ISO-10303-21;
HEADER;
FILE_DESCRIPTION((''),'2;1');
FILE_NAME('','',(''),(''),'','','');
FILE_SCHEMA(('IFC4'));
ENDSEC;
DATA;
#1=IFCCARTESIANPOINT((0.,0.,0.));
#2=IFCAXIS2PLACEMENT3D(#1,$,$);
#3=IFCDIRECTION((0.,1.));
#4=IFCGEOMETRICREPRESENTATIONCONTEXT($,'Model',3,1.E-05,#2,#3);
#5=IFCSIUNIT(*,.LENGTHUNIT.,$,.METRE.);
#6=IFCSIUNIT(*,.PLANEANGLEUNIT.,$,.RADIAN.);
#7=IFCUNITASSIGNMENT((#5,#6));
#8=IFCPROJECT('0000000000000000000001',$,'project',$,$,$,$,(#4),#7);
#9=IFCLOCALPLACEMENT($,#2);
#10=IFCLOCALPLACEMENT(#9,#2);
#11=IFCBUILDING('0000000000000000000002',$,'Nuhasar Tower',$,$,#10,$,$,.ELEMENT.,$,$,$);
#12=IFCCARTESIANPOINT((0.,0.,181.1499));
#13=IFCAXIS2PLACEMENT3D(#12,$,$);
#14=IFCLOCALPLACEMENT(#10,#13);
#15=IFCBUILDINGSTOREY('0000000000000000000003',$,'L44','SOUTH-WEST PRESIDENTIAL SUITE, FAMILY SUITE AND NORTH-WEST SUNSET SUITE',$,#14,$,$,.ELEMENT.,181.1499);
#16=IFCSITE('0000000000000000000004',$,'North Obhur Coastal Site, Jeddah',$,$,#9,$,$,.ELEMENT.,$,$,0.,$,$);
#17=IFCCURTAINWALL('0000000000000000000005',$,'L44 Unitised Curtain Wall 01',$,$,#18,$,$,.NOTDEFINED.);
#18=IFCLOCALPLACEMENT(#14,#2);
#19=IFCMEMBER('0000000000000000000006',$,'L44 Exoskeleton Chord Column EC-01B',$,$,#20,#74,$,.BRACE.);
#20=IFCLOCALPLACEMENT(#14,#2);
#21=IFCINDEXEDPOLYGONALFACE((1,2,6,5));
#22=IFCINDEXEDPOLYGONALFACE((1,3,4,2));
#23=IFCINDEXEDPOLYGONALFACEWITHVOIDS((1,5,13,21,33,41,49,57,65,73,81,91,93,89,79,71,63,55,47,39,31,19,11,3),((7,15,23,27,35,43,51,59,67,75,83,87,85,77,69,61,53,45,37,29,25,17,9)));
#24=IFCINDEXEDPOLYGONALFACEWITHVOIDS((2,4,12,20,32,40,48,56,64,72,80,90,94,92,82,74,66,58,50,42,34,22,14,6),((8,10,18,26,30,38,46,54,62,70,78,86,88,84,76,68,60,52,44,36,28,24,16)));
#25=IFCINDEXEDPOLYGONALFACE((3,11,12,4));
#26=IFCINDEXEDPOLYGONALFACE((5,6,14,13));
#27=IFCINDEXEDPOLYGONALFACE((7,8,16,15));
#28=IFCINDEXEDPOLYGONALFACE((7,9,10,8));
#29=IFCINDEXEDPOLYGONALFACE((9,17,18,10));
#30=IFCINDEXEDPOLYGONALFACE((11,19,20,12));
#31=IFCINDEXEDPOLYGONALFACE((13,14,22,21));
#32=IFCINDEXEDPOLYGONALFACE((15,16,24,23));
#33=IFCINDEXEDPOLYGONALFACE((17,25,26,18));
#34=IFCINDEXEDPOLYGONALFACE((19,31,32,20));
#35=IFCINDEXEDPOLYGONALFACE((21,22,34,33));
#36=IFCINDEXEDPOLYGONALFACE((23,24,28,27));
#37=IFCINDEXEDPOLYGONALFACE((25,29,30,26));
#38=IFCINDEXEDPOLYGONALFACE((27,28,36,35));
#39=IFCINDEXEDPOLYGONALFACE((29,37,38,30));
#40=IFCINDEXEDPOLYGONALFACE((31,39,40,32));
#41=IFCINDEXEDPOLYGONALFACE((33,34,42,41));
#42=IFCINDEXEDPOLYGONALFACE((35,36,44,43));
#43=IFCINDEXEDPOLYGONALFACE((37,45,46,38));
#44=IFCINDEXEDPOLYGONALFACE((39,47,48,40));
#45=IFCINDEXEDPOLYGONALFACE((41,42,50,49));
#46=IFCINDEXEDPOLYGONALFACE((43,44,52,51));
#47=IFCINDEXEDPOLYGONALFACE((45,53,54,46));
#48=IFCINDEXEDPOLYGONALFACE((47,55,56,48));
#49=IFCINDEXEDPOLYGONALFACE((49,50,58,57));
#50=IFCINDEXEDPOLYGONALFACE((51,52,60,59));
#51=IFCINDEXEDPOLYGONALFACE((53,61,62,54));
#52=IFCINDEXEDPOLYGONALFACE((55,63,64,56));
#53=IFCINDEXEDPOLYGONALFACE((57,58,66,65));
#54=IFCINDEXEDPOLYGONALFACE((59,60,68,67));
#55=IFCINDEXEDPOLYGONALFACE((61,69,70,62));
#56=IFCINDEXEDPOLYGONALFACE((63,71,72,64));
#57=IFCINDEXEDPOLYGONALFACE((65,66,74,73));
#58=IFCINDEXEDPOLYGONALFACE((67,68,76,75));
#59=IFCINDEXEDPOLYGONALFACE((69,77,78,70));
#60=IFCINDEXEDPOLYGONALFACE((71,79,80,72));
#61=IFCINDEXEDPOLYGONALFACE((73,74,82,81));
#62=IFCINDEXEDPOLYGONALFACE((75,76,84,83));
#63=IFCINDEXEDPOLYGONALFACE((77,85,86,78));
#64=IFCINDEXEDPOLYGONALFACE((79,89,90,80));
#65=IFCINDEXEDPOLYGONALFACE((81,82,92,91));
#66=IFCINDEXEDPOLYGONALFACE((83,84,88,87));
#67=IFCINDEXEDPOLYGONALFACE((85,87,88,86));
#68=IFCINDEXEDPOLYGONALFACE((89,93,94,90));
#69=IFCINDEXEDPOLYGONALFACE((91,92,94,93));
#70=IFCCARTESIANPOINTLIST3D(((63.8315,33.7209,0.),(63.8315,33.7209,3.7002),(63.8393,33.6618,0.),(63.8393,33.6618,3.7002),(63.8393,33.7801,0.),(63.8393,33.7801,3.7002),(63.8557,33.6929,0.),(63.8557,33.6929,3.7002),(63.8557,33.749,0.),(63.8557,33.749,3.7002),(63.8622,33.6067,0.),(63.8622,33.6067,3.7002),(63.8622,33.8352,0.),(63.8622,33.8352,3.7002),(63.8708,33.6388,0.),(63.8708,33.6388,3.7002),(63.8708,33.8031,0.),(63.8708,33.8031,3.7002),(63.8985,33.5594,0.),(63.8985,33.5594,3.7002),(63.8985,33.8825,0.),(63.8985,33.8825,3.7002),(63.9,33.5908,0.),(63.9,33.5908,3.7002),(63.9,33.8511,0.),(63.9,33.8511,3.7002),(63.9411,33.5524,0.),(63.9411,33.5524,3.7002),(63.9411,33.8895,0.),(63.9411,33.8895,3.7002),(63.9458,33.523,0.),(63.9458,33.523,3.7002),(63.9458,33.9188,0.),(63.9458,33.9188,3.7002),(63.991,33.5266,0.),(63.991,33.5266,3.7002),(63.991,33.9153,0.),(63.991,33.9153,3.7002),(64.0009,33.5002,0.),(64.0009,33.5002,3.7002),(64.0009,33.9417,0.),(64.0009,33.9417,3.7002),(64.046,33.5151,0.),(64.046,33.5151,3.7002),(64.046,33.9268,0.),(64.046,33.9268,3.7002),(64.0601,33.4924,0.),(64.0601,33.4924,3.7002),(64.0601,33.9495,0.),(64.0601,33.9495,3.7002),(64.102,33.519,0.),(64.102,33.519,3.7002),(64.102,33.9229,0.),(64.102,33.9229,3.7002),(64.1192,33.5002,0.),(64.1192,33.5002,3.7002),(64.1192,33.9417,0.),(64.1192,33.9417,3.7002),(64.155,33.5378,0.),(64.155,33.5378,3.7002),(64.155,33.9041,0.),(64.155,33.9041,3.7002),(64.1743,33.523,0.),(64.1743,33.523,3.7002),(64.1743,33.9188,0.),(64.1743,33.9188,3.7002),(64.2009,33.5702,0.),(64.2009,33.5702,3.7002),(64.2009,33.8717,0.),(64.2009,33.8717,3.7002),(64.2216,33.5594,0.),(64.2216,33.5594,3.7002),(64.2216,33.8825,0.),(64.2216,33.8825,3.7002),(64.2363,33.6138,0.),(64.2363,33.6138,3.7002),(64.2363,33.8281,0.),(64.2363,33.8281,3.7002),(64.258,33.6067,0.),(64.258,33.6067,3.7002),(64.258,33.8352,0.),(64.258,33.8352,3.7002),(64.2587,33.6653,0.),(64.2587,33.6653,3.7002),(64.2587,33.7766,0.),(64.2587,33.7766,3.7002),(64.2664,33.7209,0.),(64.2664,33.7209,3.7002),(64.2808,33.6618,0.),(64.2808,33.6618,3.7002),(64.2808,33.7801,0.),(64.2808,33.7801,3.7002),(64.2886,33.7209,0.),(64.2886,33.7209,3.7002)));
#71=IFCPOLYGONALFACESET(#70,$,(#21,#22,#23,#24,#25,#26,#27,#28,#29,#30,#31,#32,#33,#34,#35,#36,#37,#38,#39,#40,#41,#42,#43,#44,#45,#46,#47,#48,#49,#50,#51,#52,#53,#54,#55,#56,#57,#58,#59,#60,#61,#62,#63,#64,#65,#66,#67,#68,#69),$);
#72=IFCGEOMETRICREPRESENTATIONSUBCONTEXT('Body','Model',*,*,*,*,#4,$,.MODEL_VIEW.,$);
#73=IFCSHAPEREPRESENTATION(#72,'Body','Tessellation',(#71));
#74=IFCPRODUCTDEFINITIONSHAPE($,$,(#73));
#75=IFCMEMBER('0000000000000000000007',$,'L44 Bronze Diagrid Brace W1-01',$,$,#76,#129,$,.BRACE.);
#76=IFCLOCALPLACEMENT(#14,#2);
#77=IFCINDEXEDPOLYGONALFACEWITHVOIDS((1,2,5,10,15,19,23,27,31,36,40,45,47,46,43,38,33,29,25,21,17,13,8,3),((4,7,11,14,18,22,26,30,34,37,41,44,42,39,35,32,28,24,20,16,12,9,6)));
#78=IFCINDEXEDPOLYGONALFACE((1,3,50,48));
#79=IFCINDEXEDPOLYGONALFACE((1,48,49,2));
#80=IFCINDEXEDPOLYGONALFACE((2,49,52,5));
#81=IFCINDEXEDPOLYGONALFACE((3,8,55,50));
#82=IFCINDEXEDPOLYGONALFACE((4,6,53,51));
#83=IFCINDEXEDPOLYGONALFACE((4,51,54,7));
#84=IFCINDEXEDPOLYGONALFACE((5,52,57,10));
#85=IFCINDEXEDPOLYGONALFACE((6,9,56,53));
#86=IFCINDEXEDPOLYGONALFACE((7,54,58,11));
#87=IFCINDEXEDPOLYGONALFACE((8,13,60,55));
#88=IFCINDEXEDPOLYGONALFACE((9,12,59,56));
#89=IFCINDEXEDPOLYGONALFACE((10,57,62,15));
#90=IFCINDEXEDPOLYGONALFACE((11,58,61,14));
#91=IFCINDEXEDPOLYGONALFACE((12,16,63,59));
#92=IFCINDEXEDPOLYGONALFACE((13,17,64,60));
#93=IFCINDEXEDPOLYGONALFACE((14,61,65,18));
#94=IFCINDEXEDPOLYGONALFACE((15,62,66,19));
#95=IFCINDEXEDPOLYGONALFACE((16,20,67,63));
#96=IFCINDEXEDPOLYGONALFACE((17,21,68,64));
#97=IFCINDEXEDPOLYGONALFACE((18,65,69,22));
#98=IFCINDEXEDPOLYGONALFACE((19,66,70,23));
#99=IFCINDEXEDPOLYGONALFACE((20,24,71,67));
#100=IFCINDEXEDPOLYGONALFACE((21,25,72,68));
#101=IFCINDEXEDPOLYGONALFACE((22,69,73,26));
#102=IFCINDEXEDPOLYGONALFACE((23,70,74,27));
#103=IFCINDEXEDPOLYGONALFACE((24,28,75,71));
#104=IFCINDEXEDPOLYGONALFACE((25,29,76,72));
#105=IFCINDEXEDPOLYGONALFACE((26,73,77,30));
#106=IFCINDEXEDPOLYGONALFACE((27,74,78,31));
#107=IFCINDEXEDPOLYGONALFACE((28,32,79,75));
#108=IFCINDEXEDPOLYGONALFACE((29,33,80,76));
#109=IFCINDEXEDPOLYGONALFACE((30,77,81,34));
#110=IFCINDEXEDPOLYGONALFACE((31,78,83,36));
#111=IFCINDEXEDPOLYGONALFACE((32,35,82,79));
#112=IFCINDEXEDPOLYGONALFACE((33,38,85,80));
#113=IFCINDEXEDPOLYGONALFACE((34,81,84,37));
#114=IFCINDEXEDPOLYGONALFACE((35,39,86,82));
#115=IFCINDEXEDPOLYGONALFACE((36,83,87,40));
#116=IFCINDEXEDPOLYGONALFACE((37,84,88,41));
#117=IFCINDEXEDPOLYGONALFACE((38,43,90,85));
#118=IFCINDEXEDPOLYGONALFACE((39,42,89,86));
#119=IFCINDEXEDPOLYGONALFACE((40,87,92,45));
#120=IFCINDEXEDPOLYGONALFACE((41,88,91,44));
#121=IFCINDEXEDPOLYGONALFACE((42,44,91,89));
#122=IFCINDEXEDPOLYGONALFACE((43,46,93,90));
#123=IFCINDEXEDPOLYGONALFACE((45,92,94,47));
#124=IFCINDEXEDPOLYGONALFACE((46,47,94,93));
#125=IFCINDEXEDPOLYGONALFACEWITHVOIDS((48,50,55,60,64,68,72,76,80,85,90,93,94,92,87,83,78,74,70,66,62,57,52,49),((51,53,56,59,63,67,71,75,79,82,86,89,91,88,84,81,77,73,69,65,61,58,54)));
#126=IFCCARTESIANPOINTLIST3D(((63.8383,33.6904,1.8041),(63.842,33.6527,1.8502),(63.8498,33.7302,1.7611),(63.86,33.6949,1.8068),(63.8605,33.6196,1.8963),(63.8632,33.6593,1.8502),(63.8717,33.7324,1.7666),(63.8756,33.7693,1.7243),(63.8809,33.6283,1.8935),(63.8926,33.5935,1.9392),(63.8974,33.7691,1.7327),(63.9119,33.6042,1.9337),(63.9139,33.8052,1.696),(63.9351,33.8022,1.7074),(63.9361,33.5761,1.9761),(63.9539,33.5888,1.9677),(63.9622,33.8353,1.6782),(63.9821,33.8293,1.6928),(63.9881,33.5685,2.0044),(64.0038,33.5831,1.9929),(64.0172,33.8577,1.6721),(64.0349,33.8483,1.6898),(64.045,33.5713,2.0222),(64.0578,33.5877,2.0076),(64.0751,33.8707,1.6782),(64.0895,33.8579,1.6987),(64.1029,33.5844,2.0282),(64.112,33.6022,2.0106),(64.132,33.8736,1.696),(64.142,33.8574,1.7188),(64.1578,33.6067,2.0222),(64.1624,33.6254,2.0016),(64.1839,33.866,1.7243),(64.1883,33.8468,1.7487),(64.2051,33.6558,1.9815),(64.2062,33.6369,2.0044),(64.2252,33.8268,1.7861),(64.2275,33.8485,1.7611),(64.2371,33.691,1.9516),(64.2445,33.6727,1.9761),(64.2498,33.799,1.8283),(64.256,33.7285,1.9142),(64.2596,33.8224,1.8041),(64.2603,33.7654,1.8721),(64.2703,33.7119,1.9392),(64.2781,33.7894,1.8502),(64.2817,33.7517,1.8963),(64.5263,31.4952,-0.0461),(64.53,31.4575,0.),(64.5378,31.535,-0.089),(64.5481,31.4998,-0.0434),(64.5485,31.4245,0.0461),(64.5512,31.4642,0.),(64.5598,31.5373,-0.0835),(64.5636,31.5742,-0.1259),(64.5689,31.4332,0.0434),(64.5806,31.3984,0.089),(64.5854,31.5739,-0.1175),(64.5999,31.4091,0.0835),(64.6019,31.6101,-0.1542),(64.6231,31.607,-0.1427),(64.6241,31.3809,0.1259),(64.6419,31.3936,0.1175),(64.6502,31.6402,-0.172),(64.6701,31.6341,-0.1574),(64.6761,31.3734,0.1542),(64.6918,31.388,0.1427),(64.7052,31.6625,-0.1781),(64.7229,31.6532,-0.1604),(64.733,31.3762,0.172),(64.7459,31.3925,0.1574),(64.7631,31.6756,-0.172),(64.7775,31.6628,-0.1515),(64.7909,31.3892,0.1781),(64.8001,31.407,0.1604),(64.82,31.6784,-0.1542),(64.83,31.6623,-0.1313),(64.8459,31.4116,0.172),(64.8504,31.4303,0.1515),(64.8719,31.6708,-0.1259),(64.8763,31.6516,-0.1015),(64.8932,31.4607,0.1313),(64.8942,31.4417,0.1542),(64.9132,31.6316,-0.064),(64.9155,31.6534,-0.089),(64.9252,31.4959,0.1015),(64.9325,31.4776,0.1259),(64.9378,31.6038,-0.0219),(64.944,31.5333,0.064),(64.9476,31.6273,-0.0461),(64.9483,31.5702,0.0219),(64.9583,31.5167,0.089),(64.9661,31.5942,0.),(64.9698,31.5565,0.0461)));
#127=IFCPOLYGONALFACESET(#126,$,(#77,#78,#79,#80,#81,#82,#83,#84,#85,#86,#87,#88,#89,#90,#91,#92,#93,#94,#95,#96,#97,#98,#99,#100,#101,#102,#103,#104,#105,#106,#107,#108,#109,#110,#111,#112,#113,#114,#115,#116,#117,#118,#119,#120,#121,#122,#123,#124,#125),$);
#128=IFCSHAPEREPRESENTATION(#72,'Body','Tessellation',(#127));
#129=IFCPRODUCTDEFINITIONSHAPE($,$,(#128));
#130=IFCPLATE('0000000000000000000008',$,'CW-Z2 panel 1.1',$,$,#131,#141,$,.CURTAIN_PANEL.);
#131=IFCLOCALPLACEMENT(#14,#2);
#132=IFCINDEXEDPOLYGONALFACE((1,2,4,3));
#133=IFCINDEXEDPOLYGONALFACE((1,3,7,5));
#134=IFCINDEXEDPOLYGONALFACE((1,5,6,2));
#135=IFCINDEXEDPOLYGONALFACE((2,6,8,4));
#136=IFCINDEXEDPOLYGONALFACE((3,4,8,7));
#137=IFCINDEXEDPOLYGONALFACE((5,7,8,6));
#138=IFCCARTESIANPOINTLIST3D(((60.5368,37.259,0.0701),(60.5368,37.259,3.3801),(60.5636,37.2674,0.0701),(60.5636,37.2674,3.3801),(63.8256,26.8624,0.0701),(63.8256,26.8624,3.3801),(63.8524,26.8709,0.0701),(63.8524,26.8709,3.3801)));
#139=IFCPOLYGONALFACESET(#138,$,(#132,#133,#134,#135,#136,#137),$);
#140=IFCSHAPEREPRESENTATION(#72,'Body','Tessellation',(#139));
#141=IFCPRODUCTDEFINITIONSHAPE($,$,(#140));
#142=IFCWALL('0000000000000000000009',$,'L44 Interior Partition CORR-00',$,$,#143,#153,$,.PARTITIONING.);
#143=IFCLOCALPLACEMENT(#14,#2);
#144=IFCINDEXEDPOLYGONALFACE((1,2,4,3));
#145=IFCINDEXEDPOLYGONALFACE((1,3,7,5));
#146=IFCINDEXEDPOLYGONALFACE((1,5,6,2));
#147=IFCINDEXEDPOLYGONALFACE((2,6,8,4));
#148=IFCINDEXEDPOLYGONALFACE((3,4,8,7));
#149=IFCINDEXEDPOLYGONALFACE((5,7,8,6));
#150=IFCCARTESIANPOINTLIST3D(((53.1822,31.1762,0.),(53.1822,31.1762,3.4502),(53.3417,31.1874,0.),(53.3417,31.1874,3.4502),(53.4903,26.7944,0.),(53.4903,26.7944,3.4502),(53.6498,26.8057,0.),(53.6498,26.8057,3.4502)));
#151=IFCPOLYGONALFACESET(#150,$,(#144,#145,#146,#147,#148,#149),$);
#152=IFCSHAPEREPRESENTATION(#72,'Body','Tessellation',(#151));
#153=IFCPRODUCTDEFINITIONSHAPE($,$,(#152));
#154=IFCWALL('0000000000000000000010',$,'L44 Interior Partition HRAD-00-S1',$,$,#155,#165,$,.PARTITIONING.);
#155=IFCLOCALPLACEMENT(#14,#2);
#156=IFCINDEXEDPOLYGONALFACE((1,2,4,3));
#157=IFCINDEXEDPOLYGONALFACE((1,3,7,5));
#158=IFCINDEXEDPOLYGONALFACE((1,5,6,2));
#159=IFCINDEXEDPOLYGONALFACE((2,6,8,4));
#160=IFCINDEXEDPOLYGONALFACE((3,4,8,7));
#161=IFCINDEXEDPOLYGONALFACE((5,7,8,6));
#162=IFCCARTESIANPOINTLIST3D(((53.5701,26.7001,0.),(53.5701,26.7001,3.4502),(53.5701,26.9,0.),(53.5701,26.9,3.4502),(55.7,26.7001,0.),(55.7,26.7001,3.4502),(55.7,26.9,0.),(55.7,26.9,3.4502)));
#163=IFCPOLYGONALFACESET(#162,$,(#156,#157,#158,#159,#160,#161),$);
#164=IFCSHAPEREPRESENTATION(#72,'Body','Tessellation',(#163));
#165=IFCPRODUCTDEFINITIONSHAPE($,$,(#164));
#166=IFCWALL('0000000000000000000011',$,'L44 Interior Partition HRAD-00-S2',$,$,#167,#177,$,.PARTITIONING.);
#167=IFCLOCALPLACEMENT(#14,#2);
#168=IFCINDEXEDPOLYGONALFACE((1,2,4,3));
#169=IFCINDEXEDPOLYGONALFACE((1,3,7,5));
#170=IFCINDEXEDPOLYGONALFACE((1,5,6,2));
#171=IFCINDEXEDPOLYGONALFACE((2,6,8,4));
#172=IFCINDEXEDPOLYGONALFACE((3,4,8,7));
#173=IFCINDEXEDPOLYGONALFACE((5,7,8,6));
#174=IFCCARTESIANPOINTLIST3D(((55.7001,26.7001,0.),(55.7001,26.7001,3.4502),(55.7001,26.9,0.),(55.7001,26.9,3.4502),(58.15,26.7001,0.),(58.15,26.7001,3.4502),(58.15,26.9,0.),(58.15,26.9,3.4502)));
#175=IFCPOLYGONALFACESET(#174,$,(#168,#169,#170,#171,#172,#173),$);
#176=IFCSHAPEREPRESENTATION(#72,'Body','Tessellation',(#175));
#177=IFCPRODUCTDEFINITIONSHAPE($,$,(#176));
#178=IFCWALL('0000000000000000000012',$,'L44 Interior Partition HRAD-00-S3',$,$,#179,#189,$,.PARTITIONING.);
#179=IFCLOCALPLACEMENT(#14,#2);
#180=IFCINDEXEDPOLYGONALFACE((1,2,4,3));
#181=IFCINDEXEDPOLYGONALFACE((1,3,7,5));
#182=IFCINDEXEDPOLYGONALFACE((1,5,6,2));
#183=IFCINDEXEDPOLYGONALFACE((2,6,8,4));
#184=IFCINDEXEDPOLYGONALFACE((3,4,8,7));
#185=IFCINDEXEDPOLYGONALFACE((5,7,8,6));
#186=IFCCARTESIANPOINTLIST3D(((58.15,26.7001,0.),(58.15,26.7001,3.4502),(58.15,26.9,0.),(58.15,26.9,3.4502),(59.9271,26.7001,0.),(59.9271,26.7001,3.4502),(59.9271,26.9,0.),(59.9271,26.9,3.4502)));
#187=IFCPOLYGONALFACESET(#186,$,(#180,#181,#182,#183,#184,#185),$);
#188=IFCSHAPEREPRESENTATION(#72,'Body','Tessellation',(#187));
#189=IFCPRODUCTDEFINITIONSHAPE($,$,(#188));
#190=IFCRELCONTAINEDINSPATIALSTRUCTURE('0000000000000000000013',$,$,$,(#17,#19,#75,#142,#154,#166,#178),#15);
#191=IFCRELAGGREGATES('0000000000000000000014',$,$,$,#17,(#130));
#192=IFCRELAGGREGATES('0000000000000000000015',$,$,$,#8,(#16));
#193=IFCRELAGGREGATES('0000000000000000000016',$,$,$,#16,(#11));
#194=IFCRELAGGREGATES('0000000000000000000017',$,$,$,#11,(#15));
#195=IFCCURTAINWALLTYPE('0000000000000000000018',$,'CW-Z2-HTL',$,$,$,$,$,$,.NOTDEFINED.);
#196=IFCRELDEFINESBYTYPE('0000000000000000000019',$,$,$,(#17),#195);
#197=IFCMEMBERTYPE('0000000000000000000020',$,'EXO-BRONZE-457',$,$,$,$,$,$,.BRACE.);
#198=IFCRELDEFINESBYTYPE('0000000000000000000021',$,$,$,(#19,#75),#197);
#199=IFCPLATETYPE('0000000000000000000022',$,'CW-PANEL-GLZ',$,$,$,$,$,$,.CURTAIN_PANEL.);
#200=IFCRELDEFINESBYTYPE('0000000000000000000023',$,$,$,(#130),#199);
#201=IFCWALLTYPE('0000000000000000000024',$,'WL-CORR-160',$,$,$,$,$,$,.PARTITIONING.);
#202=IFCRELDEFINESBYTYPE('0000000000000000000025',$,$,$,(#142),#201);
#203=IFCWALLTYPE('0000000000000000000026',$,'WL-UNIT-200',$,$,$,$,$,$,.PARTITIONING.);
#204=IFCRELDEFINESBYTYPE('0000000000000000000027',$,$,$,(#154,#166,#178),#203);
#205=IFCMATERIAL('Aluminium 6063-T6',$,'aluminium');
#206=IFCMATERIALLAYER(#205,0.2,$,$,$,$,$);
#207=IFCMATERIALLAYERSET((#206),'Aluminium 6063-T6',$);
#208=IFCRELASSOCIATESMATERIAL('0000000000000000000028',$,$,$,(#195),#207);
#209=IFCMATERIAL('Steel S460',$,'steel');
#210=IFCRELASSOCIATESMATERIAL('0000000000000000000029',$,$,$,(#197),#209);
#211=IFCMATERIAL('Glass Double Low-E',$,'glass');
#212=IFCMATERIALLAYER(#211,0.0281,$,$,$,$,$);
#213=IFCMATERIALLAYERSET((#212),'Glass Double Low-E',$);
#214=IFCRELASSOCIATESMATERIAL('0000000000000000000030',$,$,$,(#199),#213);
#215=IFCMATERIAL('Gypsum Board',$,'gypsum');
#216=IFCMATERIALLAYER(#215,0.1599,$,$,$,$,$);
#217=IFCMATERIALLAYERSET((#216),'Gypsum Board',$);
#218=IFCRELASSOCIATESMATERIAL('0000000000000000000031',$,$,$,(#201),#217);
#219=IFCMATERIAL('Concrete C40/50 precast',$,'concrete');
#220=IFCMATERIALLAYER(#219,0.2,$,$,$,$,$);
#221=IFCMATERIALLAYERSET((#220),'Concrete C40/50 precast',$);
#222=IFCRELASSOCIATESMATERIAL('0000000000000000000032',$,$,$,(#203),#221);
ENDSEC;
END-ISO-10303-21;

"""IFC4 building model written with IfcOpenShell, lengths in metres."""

from ifc_helpers import new_model, si_unit, direction, frame, frame_2d, origin, origin_2d, place, context, subcontext, project, spatial, rectangle, hollow_circle, extrude, material, layer, layer_set, material_profile, profile_set, type_object, element, aggregate, save


model = new_model("IFC4")

# Units and contexts
model_context = context("Model", 3, precision=1e-05, world=origin(), true_north=direction((0.0, 1.0)))
body_context = subcontext(model_context, "Body", "Model", "MODEL_VIEW")
ifc_project = project(units=[si_unit("LENGTHUNIT", "METRE"), si_unit("PLANEANGLEUNIT", "RADIAN")], contexts=[model_context])

# Site, building, storey
site_placement = place(None, origin())
site = spatial("IfcSite", under=ifc_project, at=site_placement, Name="North Obhur Coastal Site, Jeddah", CompositionType="ELEMENT", RefElevation=0.0)
building_placement = place(site_placement, origin())
building = spatial("IfcBuilding", under=site, at=building_placement, Name="Nuhasar Tower", CompositionType="ELEMENT")
storey_placement = place(building_placement, frame((0.0, 0.0, 181.1499)))
storey = spatial("IfcBuildingStorey", under=building, at=storey_placement, Name="L44", Description="SOUTH-WEST PRESIDENTIAL SUITE, FAMILY SUITE AND NORTH-WEST SUNSET SUITE", CompositionType="ELEMENT", Elevation=181.1499)

# Curtain wall
ifc_material_1 = material(Name="Aluminium 6063-T6", Category="aluminium")
ifc_layer_1 = layer(ifc_material_1, 0.2)
ifc_layer_set_1 = layer_set([ifc_layer_1], Name="Aluminium 6063-T6")
curtain_wall_type = type_object("IfcCurtainWallType", Name="CW-Z2-HTL", PredefinedType="NOTDEFINED", material=ifc_layer_set_1)
curtain_wall_1_placement = place(storey_placement, origin())
curtain_wall_1 = element("IfcCurtainWall", 1, at=curtain_wall_1_placement, inside=storey, type_object=curtain_wall_type, Name="L44 Unitised Curtain Wall 01", PredefinedType="NOTDEFINED")

# Members
ifc_material_2 = material(Name="Steel S460", Category="steel")
ifc_material_profile_1 = material_profile(ifc_material_2, hollow_circle(Radius=0.2285, WallThickness=0.0222, at=origin_2d()), Name="HSS457X22.2")
ifc_profile_set_1 = profile_set([ifc_material_profile_1], Name="Steel S460")
member_type_1 = type_object("IfcMemberType", Name="EXO-BRONZE-457", PredefinedType="BRACE", material=ifc_profile_set_1)
for number, where, z_axis, x_axis, name in (
    (2, (64.0601, 33.7209, 0.0), (0.0, 0.0, 1.0), (1.0, 0.0, 0.0), "L44 Exoskeleton Chord Column EC-01B"),
):
    element("IfcMember", number, at=place(storey_placement, frame(where, z_axis=z_axis, x_axis=x_axis)), inside=storey, type_object=member_type_1, Name=name, PredefinedType="BRACE", context=body_context, shape_type="SweptSolid", body=[
        extrude(hollow_circle(Radius=0.2285, WallThickness=0.0222, at=origin_2d()), origin(), (0.0, 0.0, 1.0), 3.7002),
    ])
member_1_placement = place(storey_placement, frame((64.748, 31.5259, 0.0), z_axis=(-0.233056, 0.743578, 0.626719), x_axis=(-0.954228, -0.299079, 0.0)))
element("IfcMember", 3, at=member_1_placement, inside=storey, type_object=member_type_1, Name="L44 Bronze Diagrid Brace W1-01", PredefinedType="BRACE", context=body_context, shape_type="SweptSolid", body=[
    extrude(hollow_circle(Radius=0.2285, WallThickness=0.0222, at=origin_2d()), origin(), (0.0, 0.0, 1.0), 2.9521),
])

# Plate
ifc_material_3 = material(Name="Glass Double Low-E", Category="glass")
ifc_layer_2 = layer(ifc_material_3, 0.0281)
ifc_layer_set_2 = layer_set([ifc_layer_2], Name="Glass Double Low-E")
plate_type = type_object("IfcPlateType", Name="CW-PANEL-GLZ", PredefinedType="CURTAIN_PANEL", material=ifc_layer_set_2)
plate_placement = place(storey_placement, frame((62.1946, 32.0649, 0.0701), z_axis=(0.0, 0.0, 1.0), x_axis=(-0.301604, 0.953433, 0.0)))
plate = element("IfcPlate", 4, at=plate_placement, type_object=plate_type, Name="CW-Z2 panel 1.1", PredefinedType="CURTAIN_PANEL", context=body_context, shape_type="SweptSolid", body=[
    extrude(rectangle(XDim=10.9043, YDim=0.0281, at=origin_2d()), origin(), (0.0, 0.0, 1.0), 3.3101),
])
aggregate(curtain_wall_1, [plate])

# Walls
ifc_material_4 = material(Name="Gypsum Board", Category="gypsum")
ifc_layer_3 = layer(ifc_material_4, 0.1599)
ifc_layer_set_3 = layer_set([ifc_layer_3], Name="Gypsum Board")
wall_type_1 = type_object("IfcWallType", Name="WL-CORR-160", PredefinedType="PARTITIONING", material=ifc_layer_set_3)
wall_1_placement = place(storey_placement, frame((53.5701, 26.8, 0.0), z_axis=(0.0, 0.0, 1.0), x_axis=(-0.070141, 0.997537, 0.0)))
element("IfcWall", 5, at=wall_1_placement, inside=storey, type_object=wall_type_1, Name="L44 Interior Partition CORR-00", PredefinedType="PARTITIONING", context=body_context, shape_type="SweptSolid", body=[
    extrude(rectangle(XDim=4.3926, YDim=0.1599, at=frame_2d((2.1963, 0.0))), origin(), (0.0, 0.0, 1.0), 3.4502),
])
ifc_material_5 = material(Name="Concrete C40/50 precast", Category="concrete")
ifc_layer_4 = layer(ifc_material_5, 0.2)
ifc_layer_set_4 = layer_set([ifc_layer_4], Name="Concrete C40/50 precast")
wall_type_2 = type_object("IfcWallType", Name="WL-UNIT-200", PredefinedType="PARTITIONING", material=ifc_layer_set_4)
wall_2_placement = place(storey_placement, frame((53.5701, 26.8, 0.0), z_axis=(0.0, 0.0, 1.0), x_axis=(1.0, 0.0, 0.0)))
element("IfcWall", 6, at=wall_2_placement, inside=storey, type_object=wall_type_2, Name="L44 Interior Partition HRAD-00-S1", PredefinedType="PARTITIONING", context=body_context, shape_type="SweptSolid", body=[
    extrude(rectangle(XDim=2.1299, YDim=0.2, at=frame_2d((1.0649, 0.0))), origin(), (0.0, 0.0, 1.0), 3.4502),
])
wall_3_placement = place(storey_placement, frame((55.7, 26.8, 0.0), z_axis=(0.0, 0.0, 1.0), x_axis=(1.0, 0.0, 0.0)))
element("IfcWall", 7, at=wall_3_placement, inside=storey, type_object=wall_type_2, Name="L44 Interior Partition HRAD-00-S2", PredefinedType="PARTITIONING", context=body_context, shape_type="SweptSolid", body=[
    extrude(rectangle(XDim=2.45, YDim=0.2, at=frame_2d((1.2251, 0.0))), origin(), (0.0, 0.0, 1.0), 3.4502),
])
wall_4_placement = place(storey_placement, frame((58.1499, 26.8, 0.0), z_axis=(0.0, 0.0, 1.0), x_axis=(1.0, 0.0, 0.0)))
element("IfcWall", 8, at=wall_4_placement, inside=storey, type_object=wall_type_2, Name="L44 Interior Partition HRAD-00-S3", PredefinedType="PARTITIONING", context=body_context, shape_type="SweptSolid", body=[
    extrude(rectangle(XDim=1.7771, YDim=0.2, at=frame_2d((0.8887, 0.0))), origin(), (0.0, 0.0, 1.0), 3.4502),
])

save(model, "model.ifc")
